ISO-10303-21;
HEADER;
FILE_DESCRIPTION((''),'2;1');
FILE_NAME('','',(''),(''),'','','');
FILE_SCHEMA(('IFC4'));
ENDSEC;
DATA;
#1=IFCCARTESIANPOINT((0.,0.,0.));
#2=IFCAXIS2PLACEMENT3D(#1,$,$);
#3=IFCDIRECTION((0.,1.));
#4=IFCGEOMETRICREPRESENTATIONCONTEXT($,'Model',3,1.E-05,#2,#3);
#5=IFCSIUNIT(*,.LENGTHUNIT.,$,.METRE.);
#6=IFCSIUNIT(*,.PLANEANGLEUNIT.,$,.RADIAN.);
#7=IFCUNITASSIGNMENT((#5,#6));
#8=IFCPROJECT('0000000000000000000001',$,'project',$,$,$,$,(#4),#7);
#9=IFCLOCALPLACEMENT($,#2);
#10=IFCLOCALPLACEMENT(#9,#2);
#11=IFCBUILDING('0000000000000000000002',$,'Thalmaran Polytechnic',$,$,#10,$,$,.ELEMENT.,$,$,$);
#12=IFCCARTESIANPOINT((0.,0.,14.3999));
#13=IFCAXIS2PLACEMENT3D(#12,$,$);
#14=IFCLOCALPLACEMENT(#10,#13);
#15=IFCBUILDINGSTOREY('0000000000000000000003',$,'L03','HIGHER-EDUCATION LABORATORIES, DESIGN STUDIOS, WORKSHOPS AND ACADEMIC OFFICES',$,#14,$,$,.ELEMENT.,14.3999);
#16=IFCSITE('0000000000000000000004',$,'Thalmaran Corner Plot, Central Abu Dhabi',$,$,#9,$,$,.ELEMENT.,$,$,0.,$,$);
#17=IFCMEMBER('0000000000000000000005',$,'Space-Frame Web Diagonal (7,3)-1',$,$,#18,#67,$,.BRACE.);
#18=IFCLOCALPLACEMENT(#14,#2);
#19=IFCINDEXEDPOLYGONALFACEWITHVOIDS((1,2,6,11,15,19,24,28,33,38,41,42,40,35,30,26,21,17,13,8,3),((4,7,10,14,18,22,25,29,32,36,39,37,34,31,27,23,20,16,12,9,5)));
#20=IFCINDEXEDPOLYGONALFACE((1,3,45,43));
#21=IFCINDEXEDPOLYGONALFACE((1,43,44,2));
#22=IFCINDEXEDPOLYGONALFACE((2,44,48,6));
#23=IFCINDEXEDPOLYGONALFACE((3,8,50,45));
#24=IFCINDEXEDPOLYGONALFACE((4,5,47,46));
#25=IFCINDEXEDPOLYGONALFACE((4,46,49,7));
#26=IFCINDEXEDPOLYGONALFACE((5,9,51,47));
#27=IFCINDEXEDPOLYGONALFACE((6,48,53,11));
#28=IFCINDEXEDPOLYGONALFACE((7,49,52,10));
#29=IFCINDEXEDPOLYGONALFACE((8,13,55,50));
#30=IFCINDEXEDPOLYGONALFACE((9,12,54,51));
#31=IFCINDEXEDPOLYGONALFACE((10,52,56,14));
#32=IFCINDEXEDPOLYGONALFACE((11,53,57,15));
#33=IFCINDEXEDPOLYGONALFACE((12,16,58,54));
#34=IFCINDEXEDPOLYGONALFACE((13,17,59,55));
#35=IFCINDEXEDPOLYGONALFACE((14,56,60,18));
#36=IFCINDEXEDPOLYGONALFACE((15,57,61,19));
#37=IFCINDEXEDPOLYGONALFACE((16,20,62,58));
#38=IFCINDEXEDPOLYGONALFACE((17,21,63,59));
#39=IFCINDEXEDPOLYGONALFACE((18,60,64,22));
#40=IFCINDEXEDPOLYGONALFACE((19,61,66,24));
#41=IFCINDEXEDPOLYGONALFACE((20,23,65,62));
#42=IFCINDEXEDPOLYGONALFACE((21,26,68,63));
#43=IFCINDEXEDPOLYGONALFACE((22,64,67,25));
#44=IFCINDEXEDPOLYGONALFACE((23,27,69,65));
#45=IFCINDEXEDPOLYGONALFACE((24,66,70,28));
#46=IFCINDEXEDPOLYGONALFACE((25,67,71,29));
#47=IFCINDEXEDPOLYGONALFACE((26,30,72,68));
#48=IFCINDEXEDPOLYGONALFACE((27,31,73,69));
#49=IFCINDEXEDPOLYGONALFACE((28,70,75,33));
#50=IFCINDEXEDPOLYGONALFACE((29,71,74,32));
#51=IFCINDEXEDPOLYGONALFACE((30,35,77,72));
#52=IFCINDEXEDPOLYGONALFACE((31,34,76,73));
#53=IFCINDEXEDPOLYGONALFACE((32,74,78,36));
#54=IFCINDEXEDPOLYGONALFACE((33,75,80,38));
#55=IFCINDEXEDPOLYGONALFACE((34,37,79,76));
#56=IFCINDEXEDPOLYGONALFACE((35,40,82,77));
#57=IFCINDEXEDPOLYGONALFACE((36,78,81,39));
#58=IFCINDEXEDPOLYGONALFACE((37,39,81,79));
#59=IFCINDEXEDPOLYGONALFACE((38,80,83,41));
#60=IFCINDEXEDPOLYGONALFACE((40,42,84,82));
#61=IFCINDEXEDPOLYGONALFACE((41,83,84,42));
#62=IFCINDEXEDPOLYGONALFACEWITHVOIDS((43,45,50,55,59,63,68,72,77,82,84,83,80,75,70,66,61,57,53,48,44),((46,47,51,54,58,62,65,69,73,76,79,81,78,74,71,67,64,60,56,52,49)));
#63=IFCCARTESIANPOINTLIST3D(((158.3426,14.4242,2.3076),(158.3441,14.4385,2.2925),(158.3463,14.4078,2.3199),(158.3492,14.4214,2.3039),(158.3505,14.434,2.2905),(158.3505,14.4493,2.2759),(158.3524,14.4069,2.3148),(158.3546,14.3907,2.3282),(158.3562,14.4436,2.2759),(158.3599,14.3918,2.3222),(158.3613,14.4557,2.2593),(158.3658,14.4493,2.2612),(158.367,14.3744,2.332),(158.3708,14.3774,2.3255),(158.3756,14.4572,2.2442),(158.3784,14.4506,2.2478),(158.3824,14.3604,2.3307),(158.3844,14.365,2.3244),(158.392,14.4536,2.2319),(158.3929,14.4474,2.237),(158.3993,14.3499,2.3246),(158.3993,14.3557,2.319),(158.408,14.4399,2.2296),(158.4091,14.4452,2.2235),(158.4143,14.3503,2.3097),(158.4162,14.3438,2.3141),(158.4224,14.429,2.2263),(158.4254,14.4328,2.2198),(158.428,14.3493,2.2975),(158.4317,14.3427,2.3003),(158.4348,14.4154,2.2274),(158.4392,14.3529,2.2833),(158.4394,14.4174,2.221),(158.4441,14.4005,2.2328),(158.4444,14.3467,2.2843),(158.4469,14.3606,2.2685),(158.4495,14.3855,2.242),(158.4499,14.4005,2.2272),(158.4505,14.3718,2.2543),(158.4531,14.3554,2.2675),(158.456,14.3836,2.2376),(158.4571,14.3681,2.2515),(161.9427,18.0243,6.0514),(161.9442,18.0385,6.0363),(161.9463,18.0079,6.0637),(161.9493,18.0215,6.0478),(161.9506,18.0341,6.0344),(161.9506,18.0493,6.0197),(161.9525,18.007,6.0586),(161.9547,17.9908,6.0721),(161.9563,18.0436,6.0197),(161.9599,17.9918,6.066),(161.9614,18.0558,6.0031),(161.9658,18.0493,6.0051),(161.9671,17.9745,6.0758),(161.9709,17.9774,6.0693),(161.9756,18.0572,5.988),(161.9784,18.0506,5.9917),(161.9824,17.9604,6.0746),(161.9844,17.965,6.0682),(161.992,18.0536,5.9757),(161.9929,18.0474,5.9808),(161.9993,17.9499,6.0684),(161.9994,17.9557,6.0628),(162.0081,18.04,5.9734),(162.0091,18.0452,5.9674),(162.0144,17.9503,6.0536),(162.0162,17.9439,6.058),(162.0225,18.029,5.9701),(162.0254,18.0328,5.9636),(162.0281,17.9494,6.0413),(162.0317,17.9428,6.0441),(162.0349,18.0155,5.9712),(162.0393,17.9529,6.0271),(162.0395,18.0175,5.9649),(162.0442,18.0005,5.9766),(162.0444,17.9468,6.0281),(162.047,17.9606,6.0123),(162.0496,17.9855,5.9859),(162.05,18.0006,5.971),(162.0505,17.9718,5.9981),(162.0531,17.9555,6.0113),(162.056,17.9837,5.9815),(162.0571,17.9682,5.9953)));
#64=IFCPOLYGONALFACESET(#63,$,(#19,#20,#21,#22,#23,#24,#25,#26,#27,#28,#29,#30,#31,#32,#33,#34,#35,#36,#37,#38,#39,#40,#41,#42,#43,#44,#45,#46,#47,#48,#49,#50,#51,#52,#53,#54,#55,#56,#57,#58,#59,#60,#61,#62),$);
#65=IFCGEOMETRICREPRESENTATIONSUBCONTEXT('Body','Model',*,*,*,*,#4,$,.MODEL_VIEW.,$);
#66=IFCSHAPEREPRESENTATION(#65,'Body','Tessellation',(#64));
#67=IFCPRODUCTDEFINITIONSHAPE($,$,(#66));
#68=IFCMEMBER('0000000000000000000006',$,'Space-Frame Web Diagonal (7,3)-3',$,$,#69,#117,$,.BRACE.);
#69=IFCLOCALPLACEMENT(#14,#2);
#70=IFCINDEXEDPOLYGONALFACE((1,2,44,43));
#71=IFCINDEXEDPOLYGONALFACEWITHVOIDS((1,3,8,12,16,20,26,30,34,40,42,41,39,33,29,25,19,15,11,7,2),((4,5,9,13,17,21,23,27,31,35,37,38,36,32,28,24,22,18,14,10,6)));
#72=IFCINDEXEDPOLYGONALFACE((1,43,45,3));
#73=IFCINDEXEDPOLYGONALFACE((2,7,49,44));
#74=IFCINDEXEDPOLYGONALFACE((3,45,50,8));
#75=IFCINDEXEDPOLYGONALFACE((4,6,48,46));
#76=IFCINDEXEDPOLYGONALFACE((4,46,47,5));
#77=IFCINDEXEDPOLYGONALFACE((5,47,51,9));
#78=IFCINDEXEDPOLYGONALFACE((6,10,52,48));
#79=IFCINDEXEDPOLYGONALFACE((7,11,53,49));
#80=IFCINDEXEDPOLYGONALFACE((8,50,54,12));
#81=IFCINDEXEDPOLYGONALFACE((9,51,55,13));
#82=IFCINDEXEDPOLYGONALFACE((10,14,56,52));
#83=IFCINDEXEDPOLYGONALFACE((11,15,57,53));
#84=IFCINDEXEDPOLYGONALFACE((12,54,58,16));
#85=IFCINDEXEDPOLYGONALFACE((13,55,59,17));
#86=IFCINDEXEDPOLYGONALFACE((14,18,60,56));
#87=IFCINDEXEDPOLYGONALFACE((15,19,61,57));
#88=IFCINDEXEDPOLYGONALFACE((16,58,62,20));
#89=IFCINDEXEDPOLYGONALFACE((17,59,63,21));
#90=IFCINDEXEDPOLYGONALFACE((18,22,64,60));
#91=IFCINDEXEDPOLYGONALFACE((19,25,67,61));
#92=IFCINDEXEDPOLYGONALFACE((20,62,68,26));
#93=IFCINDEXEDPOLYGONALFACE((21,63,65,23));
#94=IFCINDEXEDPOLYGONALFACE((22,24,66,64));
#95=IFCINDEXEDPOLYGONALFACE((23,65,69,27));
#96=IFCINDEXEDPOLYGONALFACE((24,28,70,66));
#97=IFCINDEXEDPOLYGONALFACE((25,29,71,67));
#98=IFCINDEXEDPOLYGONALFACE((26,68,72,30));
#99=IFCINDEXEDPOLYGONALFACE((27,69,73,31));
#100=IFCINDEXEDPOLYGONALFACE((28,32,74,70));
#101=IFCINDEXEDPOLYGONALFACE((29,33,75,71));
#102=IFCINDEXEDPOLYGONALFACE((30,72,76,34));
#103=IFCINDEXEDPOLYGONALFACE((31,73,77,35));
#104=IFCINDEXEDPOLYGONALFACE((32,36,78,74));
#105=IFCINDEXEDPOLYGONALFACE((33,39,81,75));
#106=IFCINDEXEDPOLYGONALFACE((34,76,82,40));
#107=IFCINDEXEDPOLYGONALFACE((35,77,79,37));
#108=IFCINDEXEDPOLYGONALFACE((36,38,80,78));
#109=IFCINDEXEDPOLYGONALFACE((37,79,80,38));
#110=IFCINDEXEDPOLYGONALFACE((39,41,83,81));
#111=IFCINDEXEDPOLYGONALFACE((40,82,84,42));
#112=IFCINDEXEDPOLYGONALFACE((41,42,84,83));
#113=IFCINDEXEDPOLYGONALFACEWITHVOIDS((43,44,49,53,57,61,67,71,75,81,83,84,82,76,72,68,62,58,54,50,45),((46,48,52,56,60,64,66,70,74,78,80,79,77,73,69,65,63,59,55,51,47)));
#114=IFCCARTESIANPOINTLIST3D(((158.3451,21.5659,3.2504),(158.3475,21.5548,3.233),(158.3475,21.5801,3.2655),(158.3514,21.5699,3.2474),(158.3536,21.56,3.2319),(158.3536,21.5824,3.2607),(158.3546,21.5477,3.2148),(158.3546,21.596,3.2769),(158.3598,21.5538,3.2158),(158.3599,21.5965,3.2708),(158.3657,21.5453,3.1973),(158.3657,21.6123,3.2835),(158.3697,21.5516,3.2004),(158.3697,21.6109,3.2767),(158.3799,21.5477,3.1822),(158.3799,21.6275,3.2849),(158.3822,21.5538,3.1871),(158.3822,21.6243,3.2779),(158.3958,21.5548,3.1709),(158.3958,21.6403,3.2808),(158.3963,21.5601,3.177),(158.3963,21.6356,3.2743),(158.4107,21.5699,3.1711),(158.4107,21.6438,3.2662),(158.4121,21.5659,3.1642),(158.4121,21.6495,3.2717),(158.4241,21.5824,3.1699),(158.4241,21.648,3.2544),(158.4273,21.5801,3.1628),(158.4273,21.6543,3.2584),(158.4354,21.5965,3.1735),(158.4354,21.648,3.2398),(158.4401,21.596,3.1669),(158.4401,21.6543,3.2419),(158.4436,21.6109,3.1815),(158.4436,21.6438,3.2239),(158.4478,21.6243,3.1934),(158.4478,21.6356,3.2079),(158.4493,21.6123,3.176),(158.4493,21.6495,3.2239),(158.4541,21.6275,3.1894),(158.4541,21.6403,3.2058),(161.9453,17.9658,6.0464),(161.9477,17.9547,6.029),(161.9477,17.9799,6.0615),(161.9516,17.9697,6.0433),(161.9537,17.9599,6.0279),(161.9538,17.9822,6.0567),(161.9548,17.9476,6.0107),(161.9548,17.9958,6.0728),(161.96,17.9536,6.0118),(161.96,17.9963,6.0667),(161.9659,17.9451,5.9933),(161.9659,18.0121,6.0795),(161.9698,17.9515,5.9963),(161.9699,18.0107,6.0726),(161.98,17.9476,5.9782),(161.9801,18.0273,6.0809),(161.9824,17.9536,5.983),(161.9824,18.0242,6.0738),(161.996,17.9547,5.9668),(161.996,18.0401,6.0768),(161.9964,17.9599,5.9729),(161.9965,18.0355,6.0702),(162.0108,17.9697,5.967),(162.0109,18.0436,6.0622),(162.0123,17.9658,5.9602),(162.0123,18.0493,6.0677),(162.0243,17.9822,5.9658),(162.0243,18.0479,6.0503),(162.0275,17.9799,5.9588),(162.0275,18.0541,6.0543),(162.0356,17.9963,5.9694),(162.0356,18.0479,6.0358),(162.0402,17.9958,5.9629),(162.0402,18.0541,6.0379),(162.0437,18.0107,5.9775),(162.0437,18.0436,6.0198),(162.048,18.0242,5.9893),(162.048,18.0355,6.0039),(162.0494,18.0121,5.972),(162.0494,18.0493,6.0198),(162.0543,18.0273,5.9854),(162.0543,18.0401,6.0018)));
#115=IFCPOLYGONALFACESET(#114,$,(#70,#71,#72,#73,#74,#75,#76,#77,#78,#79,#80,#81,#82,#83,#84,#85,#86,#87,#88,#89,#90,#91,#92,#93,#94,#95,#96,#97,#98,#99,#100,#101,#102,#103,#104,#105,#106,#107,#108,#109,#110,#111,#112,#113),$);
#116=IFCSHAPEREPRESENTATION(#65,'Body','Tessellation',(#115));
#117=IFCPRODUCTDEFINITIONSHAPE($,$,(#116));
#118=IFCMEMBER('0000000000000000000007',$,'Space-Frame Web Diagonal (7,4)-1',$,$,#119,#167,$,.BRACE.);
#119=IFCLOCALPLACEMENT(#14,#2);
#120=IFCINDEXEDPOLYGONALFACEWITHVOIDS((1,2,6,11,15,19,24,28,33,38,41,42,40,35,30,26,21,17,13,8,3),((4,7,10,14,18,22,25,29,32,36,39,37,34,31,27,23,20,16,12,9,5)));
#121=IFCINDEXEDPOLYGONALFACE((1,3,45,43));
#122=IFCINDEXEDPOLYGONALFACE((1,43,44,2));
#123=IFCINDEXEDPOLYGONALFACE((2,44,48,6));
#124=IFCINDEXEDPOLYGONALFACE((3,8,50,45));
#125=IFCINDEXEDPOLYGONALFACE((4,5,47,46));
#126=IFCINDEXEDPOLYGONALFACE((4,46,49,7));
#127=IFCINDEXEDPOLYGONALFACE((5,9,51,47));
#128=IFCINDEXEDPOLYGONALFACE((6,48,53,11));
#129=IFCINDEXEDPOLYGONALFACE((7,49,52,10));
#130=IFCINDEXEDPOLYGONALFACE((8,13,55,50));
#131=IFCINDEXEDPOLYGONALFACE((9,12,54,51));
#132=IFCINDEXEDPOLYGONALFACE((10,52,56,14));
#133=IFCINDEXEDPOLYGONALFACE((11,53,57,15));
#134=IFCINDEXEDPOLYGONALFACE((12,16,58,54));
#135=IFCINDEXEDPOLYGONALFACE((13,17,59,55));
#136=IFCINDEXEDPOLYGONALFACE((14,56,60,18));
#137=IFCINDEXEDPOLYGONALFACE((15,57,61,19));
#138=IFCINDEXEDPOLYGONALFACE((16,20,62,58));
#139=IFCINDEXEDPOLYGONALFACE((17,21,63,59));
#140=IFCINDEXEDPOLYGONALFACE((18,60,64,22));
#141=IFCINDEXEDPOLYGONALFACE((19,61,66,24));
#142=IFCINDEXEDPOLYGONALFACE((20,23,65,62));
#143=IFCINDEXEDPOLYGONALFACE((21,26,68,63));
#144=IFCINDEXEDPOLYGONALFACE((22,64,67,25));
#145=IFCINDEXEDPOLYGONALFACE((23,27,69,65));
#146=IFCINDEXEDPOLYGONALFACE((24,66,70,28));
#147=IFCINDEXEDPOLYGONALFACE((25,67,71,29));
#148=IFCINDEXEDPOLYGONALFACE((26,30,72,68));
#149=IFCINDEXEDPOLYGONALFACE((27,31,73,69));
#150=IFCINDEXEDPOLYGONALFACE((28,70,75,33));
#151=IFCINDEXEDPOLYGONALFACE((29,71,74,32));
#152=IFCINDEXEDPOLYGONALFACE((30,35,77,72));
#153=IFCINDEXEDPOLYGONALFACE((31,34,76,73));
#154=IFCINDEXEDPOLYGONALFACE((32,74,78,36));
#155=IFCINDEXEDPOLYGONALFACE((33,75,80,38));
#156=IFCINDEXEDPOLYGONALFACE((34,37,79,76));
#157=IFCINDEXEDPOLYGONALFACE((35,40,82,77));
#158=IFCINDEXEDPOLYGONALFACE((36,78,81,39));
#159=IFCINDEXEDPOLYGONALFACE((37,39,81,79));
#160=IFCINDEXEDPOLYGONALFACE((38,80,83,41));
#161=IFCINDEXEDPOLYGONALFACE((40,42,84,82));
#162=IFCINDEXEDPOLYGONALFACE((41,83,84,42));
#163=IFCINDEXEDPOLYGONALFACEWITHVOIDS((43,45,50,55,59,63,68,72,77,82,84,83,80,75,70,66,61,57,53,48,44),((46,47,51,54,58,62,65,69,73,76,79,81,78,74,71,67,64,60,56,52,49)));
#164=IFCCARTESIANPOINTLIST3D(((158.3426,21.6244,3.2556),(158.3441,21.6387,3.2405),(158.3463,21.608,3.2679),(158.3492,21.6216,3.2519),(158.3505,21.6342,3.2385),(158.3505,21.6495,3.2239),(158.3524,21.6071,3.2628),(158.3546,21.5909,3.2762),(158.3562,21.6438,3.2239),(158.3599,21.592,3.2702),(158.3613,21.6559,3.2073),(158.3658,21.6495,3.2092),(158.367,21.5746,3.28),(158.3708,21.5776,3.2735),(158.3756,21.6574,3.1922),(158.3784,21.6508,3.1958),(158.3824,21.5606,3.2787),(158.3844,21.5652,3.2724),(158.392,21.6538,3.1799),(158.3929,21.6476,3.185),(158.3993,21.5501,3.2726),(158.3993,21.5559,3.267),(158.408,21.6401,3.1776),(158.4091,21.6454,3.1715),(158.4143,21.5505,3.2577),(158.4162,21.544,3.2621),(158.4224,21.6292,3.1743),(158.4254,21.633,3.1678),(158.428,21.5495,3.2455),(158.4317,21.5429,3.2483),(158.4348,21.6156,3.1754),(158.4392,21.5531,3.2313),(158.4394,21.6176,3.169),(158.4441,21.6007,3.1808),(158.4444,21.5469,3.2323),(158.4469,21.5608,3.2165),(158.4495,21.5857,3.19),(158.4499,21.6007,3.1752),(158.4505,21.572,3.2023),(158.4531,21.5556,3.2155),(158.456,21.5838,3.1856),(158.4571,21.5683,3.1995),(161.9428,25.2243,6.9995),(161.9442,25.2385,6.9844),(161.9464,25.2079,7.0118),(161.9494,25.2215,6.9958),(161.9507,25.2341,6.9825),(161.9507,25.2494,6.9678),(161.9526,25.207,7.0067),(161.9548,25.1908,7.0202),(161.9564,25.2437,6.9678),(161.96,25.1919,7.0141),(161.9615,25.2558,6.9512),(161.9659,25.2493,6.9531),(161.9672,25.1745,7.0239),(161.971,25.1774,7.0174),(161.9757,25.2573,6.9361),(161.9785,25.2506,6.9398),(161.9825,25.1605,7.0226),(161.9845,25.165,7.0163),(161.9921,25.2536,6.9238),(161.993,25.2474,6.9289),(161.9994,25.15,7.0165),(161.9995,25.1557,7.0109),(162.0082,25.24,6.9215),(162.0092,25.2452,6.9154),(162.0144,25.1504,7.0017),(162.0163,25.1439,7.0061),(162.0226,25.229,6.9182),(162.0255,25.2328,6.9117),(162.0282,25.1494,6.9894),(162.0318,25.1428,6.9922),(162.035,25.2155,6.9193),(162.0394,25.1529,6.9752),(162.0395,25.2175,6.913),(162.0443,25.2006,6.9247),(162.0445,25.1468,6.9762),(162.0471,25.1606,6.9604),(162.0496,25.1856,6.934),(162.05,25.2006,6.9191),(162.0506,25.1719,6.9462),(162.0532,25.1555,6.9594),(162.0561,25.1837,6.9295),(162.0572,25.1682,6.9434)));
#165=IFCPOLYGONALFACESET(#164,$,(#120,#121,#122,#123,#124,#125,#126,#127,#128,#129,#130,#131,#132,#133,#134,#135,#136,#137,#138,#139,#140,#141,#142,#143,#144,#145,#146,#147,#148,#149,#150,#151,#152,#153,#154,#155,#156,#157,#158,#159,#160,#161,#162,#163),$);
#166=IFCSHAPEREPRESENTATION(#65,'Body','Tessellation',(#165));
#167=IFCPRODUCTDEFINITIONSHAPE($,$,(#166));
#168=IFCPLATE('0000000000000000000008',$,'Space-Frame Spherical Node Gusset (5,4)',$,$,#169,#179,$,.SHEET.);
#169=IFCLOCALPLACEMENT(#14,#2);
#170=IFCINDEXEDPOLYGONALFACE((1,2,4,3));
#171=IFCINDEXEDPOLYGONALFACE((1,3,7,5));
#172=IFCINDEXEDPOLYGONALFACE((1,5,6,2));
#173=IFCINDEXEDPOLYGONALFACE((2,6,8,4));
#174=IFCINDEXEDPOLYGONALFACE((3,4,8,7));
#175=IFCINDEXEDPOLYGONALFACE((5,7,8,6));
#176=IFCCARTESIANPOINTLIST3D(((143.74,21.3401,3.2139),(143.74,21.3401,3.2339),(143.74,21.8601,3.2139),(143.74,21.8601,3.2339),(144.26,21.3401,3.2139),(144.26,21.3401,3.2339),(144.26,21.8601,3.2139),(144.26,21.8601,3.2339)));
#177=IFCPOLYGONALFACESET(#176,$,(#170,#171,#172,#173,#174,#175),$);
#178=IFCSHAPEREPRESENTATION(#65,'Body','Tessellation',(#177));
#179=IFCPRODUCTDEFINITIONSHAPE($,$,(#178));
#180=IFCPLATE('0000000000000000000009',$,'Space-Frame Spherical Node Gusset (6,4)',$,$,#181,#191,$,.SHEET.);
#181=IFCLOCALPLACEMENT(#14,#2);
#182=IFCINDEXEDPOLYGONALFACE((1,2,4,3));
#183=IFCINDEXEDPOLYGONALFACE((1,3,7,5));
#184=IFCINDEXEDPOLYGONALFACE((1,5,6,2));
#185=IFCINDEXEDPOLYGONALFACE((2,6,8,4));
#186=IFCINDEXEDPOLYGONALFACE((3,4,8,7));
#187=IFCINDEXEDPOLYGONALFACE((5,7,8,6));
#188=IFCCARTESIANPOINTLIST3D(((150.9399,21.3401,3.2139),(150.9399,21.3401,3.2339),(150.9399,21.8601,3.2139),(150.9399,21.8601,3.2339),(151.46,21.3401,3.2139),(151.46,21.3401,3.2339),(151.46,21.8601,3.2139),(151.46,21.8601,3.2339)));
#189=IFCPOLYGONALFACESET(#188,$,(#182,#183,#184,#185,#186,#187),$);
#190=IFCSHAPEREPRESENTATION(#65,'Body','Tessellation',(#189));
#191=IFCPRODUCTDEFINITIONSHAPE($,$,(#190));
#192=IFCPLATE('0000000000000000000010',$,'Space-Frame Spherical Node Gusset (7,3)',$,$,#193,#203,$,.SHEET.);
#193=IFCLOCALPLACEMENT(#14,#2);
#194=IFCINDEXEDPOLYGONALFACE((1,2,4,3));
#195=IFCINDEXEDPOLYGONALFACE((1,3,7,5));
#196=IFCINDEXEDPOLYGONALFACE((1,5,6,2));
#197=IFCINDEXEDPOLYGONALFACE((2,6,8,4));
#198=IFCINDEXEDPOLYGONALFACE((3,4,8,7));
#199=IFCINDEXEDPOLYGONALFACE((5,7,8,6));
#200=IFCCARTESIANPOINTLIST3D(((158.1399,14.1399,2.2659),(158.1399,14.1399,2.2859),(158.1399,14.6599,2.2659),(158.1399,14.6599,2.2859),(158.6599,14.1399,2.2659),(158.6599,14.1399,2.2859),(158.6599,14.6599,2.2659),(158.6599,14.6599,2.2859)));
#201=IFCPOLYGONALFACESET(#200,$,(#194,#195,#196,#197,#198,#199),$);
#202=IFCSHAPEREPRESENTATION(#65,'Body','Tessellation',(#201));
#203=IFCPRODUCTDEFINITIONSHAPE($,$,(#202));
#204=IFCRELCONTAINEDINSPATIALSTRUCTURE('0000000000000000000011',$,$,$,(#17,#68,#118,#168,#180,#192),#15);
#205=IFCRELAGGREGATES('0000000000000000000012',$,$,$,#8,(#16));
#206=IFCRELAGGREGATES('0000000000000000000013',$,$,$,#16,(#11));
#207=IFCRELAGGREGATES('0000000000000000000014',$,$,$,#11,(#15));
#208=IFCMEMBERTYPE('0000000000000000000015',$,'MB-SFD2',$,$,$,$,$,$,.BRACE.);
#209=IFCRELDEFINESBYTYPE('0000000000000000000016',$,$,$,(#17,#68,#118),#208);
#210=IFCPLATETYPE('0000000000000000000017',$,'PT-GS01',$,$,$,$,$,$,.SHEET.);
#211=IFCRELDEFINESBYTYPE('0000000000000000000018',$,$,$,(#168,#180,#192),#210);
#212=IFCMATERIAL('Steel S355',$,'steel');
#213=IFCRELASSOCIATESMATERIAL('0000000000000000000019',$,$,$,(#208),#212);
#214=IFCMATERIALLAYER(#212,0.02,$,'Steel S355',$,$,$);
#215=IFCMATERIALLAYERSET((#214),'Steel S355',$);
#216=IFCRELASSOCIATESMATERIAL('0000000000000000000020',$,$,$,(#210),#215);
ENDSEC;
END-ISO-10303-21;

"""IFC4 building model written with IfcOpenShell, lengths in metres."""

from ifc_helpers import new_model, si_unit, direction, frame, origin, origin_2d, place, context, subcontext, project, spatial, rectangle, hollow_circle, extrude, material, layer, layer_set, material_profile, profile_set, type_object, element, save


model = new_model("IFC4")

# Units and contexts
model_context = context("Model", 3, precision=1e-05, world=origin(), true_north=direction((0.0, 1.0)))
body_context = subcontext(model_context, "Body", "Model", "MODEL_VIEW")
ifc_project = project(units=[si_unit("LENGTHUNIT", "METRE"), si_unit("PLANEANGLEUNIT", "RADIAN")], contexts=[model_context])

# Site, building, storey
site_placement = place(None, origin())
site = spatial("IfcSite", under=ifc_project, at=site_placement, Name="Thalmaran Corner Plot, Central Abu Dhabi", CompositionType="ELEMENT", RefElevation=0.0)
building_placement = place(site_placement, origin())
building = spatial("IfcBuilding", under=site, at=building_placement, Name="Thalmaran Polytechnic", CompositionType="ELEMENT")
storey_placement = place(building_placement, frame((0.0, 0.0, 14.3999)))
storey = spatial("IfcBuildingStorey", under=building, at=storey_placement, Name="L03", Description="HIGHER-EDUCATION LABORATORIES, DESIGN STUDIOS, WORKSHOPS AND ACADEMIC OFFICES", CompositionType="ELEMENT", Elevation=14.3999)

# Members
ifc_material = material(Name="Steel S355", Category="steel")
ifc_material_profile_1 = material_profile(ifc_material, hollow_circle(Radius=0.0698, WallThickness=0.0081, at=origin_2d()), Name="CHS 139.7x8.0")
ifc_profile_set_1 = profile_set([ifc_material_profile_1], Name="Steel S355")
member_type_1 = type_object("IfcMemberType", Name="MB-SFD2", PredefinedType="BRACE", material=ifc_profile_set_1)
member_1_placement = place(storey_placement, frame((158.3999, 14.3999, 2.2759), z_axis=(0.569666, 0.569666, 0.59242), x_axis=(-0.707107, 0.707107, 0.0)))
element("IfcMember", 1, at=member_1_placement, inside=storey, type_object=member_type_1, Name="Space-Frame Web Diagonal (7,3)-1", PredefinedType="BRACE", context=body_context, shape_type="SweptSolid", body=[
    extrude(hollow_circle(Radius=0.0698, WallThickness=0.0081, at=origin_2d()), origin(), (0.0, 0.0, 1.0), 6.3196),
])
member_2_placement = place(storey_placement, frame((158.3999, 21.6001, 3.2239), z_axis=(0.6198, -0.6198, 0.481348), x_axis=(0.707107, 0.707107, 0.0)))
element("IfcMember", 2, at=member_2_placement, inside=storey, type_object=member_type_1, Name="Space-Frame Web Diagonal (7,3)-3", PredefinedType="BRACE", context=body_context, shape_type="SweptSolid", body=[
    extrude(hollow_circle(Radius=0.0698, WallThickness=0.0081, at=origin_2d()), origin(), (0.0, 0.0, 1.0), 5.8086),
])
member_3_placement = place(storey_placement, frame((158.3999, 21.6001, 3.2239), z_axis=(0.569678, 0.56964, 0.592433), x_axis=(-0.707083, 0.707131, 0.0)))
element("IfcMember", 3, at=member_3_placement, inside=storey, type_object=member_type_1, Name="Space-Frame Web Diagonal (7,4)-1", PredefinedType="BRACE", context=body_context, shape_type="SweptSolid", body=[
    extrude(hollow_circle(Radius=0.0698, WallThickness=0.0081, at=origin_2d()), origin(), (0.0, 0.0, 1.0), 6.3196),
])

# Plates
ifc_layer = layer(ifc_material, 0.02, Name="Steel S355")
ifc_layer_set = layer_set([ifc_layer], Name="Steel S355")
plate_type = type_object("IfcPlateType", Name="PT-GS01", PredefinedType="SHEET", material=ifc_layer_set)
for number, where, z_axis, x_axis, name in (
    (4, (144.0, 21.6001, 3.2139), (0.0, 0.0, 1.0), (1.0, 0.0, 0.0), "Space-Frame Spherical Node Gusset (5,4)"),
    (5, (151.2, 21.6001, 3.2139), (0.0, 0.0, 1.0), (1.0, 0.0, 0.0), "Space-Frame Spherical Node Gusset (6,4)"),
    (6, (158.3999, 14.3999, 2.2659), (0.0, 0.0, 1.0), (1.0, 0.0, 0.0), "Space-Frame Spherical Node Gusset (7,3)"),
):
    element("IfcPlate", number, at=place(storey_placement, frame(where, z_axis=z_axis, x_axis=x_axis)), inside=storey, type_object=plate_type, Name=name, PredefinedType="SHEET", context=body_context, shape_type="SweptSolid", body=[
        extrude(rectangle(XDim=0.52, YDim=0.52, at=origin_2d()), origin(), (0.0, 0.0, 1.0), 0.02),
    ])

save(model, "model.ifc")
